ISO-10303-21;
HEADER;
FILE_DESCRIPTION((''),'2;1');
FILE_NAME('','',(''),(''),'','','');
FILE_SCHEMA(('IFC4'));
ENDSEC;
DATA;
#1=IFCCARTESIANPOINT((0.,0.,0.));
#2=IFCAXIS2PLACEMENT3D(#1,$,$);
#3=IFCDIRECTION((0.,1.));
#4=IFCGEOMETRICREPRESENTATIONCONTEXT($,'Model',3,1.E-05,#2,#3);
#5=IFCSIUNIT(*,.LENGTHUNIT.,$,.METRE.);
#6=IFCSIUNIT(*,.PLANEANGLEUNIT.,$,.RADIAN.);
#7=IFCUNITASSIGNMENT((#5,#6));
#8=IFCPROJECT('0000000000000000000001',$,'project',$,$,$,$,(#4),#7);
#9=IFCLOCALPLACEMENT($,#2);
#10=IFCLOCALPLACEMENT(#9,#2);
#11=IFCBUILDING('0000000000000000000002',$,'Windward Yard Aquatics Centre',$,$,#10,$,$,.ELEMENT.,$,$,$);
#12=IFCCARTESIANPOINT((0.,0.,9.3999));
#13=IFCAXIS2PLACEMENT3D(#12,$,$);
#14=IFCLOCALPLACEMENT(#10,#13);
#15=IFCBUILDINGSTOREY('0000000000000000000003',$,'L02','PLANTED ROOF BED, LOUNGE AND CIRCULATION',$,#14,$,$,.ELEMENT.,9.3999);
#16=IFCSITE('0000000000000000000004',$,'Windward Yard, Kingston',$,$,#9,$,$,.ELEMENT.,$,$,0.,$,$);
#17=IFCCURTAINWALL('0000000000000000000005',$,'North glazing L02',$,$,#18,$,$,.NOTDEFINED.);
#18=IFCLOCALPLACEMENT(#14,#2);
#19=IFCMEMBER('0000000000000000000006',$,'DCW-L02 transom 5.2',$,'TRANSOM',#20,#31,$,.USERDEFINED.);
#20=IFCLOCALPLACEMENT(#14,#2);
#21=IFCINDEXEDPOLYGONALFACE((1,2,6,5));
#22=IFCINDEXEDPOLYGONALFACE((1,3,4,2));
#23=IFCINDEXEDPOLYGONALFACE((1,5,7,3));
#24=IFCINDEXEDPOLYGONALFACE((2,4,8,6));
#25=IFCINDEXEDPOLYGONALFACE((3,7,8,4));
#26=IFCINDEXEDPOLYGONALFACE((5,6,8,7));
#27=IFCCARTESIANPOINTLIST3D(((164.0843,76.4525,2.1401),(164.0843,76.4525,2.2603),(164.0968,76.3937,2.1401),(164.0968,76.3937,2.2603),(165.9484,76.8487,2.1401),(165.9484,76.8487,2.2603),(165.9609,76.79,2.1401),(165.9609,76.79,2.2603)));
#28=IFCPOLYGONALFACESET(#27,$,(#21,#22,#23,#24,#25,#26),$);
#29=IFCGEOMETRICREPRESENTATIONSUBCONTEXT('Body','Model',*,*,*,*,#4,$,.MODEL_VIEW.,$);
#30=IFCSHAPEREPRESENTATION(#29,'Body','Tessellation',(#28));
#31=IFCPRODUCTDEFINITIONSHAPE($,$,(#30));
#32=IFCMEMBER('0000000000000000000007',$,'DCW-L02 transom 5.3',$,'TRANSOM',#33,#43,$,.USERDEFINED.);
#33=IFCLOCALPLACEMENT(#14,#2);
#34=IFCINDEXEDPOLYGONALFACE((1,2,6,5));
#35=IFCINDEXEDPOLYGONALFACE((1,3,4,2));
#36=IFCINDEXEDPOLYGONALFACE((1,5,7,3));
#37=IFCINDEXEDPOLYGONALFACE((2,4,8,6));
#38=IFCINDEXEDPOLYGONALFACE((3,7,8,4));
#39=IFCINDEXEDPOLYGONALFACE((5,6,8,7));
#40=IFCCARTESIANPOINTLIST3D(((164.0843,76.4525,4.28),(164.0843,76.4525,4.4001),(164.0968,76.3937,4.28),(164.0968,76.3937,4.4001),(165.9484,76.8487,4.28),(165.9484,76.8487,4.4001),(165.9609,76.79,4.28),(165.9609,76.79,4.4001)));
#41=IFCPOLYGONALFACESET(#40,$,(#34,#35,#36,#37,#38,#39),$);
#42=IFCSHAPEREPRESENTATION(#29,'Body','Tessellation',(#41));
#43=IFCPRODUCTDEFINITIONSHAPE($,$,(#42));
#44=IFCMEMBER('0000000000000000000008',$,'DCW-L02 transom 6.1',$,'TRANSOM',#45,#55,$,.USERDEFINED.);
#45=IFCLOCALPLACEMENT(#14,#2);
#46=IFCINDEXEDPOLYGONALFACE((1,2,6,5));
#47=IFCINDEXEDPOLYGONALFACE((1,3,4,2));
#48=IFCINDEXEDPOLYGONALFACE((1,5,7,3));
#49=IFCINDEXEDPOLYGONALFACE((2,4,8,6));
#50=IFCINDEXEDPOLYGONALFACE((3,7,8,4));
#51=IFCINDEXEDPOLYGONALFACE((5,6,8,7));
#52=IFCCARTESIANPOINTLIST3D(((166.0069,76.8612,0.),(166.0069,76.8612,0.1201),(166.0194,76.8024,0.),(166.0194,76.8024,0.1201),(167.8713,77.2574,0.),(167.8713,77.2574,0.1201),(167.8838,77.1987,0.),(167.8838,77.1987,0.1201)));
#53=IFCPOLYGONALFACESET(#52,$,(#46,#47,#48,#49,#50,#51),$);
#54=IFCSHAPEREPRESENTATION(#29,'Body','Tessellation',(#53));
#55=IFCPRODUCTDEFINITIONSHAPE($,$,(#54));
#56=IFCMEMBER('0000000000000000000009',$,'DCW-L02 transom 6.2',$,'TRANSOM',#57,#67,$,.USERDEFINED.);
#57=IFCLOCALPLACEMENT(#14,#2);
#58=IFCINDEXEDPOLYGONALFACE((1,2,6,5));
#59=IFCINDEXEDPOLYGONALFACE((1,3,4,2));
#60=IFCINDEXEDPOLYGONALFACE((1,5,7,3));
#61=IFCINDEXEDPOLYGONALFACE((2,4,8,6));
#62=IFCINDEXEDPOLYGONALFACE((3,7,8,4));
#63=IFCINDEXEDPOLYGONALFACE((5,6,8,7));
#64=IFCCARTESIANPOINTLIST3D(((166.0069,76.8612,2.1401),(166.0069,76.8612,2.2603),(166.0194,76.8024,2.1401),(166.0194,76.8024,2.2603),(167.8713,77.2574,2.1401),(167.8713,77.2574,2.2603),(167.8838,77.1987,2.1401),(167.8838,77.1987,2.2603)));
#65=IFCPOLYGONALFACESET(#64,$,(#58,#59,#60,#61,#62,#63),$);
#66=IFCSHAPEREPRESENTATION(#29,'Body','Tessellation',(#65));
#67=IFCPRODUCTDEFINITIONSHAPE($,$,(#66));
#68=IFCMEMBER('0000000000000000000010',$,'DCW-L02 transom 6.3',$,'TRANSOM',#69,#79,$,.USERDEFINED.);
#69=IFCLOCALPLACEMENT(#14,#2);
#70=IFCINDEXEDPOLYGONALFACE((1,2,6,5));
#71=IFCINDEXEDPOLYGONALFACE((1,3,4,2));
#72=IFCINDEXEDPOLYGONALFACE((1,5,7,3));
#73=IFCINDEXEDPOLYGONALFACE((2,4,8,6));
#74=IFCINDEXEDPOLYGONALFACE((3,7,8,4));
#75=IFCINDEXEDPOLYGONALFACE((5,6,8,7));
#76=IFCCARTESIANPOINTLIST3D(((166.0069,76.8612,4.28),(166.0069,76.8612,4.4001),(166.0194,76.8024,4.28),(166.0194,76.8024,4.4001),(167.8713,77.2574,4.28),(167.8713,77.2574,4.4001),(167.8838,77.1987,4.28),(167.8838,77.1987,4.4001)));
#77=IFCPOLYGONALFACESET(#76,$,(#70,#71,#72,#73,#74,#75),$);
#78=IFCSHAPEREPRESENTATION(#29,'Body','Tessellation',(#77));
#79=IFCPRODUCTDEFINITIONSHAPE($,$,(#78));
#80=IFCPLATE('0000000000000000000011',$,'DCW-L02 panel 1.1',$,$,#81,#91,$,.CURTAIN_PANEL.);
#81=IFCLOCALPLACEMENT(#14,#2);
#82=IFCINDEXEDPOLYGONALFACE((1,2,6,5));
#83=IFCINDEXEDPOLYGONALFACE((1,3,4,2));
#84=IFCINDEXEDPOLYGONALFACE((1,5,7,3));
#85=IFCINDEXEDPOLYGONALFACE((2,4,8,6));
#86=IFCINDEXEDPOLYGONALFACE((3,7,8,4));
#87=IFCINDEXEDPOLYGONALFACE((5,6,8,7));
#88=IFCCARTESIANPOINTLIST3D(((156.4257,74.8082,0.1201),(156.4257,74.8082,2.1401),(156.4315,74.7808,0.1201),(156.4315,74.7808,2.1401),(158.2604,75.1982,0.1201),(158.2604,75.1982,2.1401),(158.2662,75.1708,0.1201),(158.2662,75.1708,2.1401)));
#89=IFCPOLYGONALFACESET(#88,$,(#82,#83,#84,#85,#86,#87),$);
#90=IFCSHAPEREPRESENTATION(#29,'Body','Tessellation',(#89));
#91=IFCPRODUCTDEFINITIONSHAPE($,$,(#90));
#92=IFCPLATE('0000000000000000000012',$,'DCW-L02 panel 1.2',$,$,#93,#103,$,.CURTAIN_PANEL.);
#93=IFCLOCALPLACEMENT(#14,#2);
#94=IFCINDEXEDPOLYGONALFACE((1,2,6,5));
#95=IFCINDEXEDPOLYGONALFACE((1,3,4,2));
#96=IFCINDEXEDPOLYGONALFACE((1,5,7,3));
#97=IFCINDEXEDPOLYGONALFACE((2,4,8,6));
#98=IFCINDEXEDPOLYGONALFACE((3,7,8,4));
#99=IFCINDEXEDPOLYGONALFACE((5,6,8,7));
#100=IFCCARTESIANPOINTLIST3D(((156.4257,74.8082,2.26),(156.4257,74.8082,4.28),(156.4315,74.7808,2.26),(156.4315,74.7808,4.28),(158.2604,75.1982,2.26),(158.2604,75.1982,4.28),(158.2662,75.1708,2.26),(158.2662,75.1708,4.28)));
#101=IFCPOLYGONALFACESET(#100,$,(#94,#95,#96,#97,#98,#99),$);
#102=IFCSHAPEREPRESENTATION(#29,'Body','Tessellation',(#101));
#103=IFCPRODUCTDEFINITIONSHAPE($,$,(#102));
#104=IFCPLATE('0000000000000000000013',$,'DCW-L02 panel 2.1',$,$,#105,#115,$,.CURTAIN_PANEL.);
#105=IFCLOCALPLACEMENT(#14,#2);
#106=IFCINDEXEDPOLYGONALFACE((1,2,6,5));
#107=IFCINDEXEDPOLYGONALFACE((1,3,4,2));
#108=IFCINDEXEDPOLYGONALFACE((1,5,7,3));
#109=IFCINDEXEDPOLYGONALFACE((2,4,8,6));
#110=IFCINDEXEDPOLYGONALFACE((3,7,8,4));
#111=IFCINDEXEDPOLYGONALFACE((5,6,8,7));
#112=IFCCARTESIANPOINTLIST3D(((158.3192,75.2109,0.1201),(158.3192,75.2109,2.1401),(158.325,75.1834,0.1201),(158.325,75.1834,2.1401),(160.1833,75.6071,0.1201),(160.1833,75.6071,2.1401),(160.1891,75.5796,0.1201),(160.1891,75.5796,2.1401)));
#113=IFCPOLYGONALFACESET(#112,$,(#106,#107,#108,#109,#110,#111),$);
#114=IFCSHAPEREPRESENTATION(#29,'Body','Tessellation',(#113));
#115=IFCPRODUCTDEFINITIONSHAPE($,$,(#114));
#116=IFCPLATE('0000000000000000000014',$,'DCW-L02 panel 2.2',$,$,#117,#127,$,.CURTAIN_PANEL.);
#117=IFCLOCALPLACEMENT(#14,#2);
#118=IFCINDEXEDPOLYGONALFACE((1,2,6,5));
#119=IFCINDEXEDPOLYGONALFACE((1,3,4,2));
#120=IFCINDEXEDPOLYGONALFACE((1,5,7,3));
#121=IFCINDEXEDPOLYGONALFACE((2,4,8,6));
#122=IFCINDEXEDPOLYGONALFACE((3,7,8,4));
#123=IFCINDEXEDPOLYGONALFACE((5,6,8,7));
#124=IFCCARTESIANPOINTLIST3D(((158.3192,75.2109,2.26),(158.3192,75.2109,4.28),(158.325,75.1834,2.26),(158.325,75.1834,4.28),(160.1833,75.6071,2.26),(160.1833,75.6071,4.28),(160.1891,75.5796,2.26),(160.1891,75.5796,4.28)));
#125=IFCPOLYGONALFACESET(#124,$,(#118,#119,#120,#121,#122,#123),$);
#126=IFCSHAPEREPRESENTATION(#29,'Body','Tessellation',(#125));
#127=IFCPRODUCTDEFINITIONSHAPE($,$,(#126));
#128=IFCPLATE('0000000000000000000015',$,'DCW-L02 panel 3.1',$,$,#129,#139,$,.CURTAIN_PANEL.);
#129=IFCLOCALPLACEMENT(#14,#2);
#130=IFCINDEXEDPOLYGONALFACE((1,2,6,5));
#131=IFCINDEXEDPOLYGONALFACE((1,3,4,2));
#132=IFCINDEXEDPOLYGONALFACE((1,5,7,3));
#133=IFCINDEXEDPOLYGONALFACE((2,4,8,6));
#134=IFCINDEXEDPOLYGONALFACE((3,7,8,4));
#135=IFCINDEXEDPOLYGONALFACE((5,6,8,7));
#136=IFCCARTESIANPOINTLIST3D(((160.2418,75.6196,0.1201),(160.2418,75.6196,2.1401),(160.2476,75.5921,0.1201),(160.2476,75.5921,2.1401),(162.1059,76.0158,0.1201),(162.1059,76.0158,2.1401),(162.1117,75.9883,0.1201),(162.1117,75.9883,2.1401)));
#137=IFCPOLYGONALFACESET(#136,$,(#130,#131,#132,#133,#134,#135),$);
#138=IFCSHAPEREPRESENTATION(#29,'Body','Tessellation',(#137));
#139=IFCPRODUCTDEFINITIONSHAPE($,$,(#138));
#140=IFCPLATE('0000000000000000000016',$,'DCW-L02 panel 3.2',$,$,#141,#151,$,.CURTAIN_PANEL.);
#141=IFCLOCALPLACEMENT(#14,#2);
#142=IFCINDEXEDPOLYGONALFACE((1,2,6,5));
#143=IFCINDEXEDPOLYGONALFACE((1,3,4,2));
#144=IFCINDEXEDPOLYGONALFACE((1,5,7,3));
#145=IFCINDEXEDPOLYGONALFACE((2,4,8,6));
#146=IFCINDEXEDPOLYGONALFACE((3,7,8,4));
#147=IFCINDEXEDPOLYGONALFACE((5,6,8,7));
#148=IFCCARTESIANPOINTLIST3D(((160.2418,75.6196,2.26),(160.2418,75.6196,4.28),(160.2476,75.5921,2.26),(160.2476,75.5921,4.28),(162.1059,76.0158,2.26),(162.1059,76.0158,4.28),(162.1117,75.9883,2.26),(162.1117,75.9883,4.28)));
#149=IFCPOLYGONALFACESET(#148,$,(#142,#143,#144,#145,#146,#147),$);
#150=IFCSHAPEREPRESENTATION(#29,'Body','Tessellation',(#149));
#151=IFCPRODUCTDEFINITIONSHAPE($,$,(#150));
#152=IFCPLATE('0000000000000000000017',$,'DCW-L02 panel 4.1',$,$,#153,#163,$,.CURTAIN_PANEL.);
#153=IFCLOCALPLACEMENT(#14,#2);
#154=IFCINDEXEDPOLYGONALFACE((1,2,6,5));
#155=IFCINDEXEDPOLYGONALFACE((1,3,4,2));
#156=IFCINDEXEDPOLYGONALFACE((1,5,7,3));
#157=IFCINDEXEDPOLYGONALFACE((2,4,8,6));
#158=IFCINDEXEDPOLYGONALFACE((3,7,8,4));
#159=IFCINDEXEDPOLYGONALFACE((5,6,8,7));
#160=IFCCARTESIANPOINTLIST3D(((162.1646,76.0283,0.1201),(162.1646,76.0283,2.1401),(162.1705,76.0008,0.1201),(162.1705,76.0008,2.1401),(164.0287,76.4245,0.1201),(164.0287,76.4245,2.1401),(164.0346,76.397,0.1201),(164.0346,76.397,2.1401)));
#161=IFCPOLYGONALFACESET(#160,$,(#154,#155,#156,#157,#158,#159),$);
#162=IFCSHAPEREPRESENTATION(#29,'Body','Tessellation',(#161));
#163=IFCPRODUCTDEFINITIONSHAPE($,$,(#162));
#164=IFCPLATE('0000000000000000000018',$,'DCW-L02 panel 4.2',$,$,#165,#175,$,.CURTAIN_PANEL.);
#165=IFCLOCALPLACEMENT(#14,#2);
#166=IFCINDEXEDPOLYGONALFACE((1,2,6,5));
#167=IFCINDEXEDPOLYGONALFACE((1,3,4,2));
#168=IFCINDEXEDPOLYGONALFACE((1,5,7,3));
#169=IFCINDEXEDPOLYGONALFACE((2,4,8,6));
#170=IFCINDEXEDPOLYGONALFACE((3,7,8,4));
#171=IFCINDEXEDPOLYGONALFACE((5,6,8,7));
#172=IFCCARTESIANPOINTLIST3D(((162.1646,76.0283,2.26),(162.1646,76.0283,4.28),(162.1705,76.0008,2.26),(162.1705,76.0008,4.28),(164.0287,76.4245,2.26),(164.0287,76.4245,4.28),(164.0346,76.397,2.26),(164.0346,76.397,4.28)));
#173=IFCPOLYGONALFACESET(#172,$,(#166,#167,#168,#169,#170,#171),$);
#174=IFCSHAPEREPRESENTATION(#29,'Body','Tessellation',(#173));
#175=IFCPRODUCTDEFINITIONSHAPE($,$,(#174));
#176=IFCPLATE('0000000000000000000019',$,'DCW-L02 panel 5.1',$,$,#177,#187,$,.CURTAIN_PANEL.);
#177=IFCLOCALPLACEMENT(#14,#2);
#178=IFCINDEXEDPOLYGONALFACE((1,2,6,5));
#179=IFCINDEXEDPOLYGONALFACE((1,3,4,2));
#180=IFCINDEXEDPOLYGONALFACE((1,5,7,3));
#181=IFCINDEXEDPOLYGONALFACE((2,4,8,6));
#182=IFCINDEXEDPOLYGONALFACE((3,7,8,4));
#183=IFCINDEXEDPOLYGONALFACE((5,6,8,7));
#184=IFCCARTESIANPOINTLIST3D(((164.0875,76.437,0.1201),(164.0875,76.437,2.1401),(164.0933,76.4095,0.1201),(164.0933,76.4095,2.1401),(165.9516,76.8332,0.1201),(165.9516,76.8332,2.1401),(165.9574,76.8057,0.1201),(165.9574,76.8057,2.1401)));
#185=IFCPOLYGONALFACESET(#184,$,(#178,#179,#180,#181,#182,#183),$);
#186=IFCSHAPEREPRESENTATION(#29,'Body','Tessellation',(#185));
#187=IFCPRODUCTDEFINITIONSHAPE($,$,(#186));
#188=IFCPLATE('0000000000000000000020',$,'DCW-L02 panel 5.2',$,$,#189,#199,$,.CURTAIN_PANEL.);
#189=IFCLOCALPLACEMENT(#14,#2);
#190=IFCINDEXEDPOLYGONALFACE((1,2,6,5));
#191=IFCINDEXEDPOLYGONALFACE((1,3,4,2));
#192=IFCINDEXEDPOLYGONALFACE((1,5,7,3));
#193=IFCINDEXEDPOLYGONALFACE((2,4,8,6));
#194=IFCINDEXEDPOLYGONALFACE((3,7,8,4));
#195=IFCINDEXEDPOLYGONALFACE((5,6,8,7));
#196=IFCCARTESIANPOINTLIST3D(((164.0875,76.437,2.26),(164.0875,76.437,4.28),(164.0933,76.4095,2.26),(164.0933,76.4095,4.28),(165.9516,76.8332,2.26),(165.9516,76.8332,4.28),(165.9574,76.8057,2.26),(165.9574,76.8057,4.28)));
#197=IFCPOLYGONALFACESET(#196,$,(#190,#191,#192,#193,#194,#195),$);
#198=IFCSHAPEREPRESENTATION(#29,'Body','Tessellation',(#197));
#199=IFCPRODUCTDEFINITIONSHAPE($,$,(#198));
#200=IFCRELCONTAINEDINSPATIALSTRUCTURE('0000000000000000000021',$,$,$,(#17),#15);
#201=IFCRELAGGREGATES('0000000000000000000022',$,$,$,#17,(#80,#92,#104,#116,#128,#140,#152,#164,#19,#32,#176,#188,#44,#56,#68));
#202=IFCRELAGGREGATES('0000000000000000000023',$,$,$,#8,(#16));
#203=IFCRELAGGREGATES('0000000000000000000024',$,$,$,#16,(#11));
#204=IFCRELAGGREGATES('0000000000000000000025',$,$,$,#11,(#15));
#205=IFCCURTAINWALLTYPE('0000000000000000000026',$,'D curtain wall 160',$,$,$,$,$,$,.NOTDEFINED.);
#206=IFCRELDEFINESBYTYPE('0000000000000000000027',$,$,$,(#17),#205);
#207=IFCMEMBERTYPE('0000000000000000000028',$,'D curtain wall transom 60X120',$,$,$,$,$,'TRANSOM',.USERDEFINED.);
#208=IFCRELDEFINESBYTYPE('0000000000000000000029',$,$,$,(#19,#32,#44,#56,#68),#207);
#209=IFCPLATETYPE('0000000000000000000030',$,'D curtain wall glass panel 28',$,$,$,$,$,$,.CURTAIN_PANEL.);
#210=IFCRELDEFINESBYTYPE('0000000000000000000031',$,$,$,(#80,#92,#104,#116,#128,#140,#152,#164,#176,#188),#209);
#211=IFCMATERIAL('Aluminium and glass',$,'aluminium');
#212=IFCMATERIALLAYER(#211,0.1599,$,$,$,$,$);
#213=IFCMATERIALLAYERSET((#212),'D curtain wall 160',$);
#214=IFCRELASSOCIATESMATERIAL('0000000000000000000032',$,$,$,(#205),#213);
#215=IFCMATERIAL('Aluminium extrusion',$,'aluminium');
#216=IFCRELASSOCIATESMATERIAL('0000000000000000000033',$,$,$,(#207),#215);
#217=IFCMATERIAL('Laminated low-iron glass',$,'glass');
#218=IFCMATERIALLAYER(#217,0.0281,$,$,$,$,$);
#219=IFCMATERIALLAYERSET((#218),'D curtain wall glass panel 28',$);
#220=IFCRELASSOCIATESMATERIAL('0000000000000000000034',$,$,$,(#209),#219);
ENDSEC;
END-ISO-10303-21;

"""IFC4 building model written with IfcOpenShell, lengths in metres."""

from ifc_helpers import new_model, si_unit, direction, frame, origin, origin_2d, place, context, subcontext, project, spatial, rectangle, extrude, material, layer, layer_set, material_profile, profile_set, type_object, element, aggregate, save


model = new_model("IFC4")

# Units and contexts
model_context = context("Model", 3, precision=1e-05, world=origin(), true_north=direction((0.0, 1.0)))
body_context = subcontext(model_context, "Body", "Model", "MODEL_VIEW")
ifc_project = project(units=[si_unit("LENGTHUNIT", "METRE"), si_unit("PLANEANGLEUNIT", "RADIAN")], contexts=[model_context])

# Site, building, storey
site_placement = place(None, origin())
site = spatial("IfcSite", under=ifc_project, at=site_placement, Name="Windward Yard, Kingston", CompositionType="ELEMENT", RefElevation=0.0)
building_placement = place(site_placement, origin())
building = spatial("IfcBuilding", under=site, at=building_placement, Name="Windward Yard Aquatics Centre", CompositionType="ELEMENT")
storey_placement = place(building_placement, frame((0.0, 0.0, 9.3999)))
storey = spatial("IfcBuildingStorey", under=building, at=storey_placement, Name="L02", Description="PLANTED ROOF BED, LOUNGE AND CIRCULATION", CompositionType="ELEMENT", Elevation=9.3999)

# Curtain wall, members, plates
ifc_material_1 = material(Name="Aluminium and glass", Category="aluminium")
ifc_layer_1 = layer(ifc_material_1, 0.1599)
ifc_layer_set_1 = layer_set([ifc_layer_1], Name="D curtain wall 160")
curtain_wall_type = type_object("IfcCurtainWallType", Name="D curtain wall 160", PredefinedType="NOTDEFINED", material=ifc_layer_set_1)
curtain_wall_placement = place(storey_placement, origin())
curtain_wall = element("IfcCurtainWall", 1, at=curtain_wall_placement, inside=storey, type_object=curtain_wall_type, Name="North glazing L02", PredefinedType="NOTDEFINED")
ifc_material_2 = material(Name="Aluminium extrusion", Category="aluminium")
ifc_material_profile_1 = material_profile(ifc_material_2, rectangle(XDim=0.0601, YDim=0.1201, at=origin_2d()), Name="TRANSOM 60X120")
ifc_profile_set_1 = profile_set([ifc_material_profile_1], Name="Aluminium extrusion")
member_type_1 = type_object("IfcMemberType", Name="D curtain wall transom 60X120", ElementType="TRANSOM", PredefinedType="USERDEFINED", material=ifc_profile_set_1)
member_1_placement = place(storey_placement, frame((164.0906, 76.4231, 2.2002), z_axis=(0.978144, 0.207928, 0.0), x_axis=(-0.207928, 0.978144, 0.0)))
member_1 = element("IfcMember", 2, at=member_1_placement, type_object=member_type_1, Name="DCW-L02 transom 5.2", ObjectType="TRANSOM", PredefinedType="USERDEFINED", context=body_context, shape_type="SweptSolid", body=[
    extrude(rectangle(XDim=0.0601, YDim=0.1201, at=origin_2d()), origin(), (0.0, 0.0, 1.0), 1.9058),
])
member_2_placement = place(storey_placement, frame((164.0906, 76.4231, 4.3401), z_axis=(0.978144, 0.207928, 0.0), x_axis=(-0.207928, 0.978144, 0.0)))
member_2 = element("IfcMember", 3, at=member_2_placement, type_object=member_type_1, Name="DCW-L02 transom 5.3", ObjectType="TRANSOM", PredefinedType="USERDEFINED", context=body_context, shape_type="SweptSolid", body=[
    extrude(rectangle(XDim=0.0601, YDim=0.1201, at=origin_2d()), origin(), (0.0, 0.0, 1.0), 1.9058),
])
member_3_placement = place(storey_placement, frame((166.0132, 76.8318, 0.0601), z_axis=(0.97815, 0.207902, 0.0), x_axis=(-0.207902, 0.97815, 0.0)))
member_3 = element("IfcMember", 4, at=member_3_placement, type_object=member_type_1, Name="DCW-L02 transom 6.1", ObjectType="TRANSOM", PredefinedType="USERDEFINED", context=body_context, shape_type="SweptSolid", body=[
    extrude(rectangle(XDim=0.0601, YDim=0.1201, at=origin_2d()), origin(), (0.0, 0.0, 1.0), 1.906),
])
member_4_placement = place(storey_placement, frame((166.0132, 76.8318, 2.2002), z_axis=(0.97815, 0.207902, 0.0), x_axis=(-0.207902, 0.97815, 0.0)))
member_4 = element("IfcMember", 5, at=member_4_placement, type_object=member_type_1, Name="DCW-L02 transom 6.2", ObjectType="TRANSOM", PredefinedType="USERDEFINED", context=body_context, shape_type="SweptSolid", body=[
    extrude(rectangle(XDim=0.0601, YDim=0.1201, at=origin_2d()), origin(), (0.0, 0.0, 1.0), 1.906),
])
member_5_placement = place(storey_placement, frame((166.0132, 76.8318, 4.3401), z_axis=(0.97815, 0.207902, 0.0), x_axis=(-0.207902, 0.97815, 0.0)))
member_5 = element("IfcMember", 6, at=member_5_placement, type_object=member_type_1, Name="DCW-L02 transom 6.3", ObjectType="TRANSOM", PredefinedType="USERDEFINED", context=body_context, shape_type="SweptSolid", body=[
    extrude(rectangle(XDim=0.0601, YDim=0.1201, at=origin_2d()), origin(), (0.0, 0.0, 1.0), 1.906),
])
ifc_material_3 = material(Name="Laminated low-iron glass", Category="glass")
ifc_layer_2 = layer(ifc_material_3, 0.0281)
ifc_layer_set_2 = layer_set([ifc_layer_2], Name="D curtain wall glass panel 28")
plate_type = type_object("IfcPlateType", Name="D curtain wall glass panel 28", PredefinedType="CURTAIN_PANEL", material=ifc_layer_set_2)
plate_1_placement = place(storey_placement, frame((157.3459, 74.9895, 0.1201), z_axis=(0.0, 0.0, 1.0), x_axis=(0.978148, 0.207912, 0.0)))
plate_1 = element("IfcPlate", 7, at=plate_1_placement, type_object=plate_type, Name="DCW-L02 panel 1.1", PredefinedType="CURTAIN_PANEL", context=body_context, shape_type="SweptSolid", body=[
    extrude(rectangle(XDim=1.8757, YDim=0.0281, at=origin_2d()), origin(), (0.0, 0.0, 1.0), 2.02),
])
plate_2_placement = place(storey_placement, frame((157.3459, 74.9895, 2.26), z_axis=(0.0, 0.0, 1.0), x_axis=(0.978148, 0.207912, 0.0)))
plate_2 = element("IfcPlate", 8, at=plate_2_placement, type_object=plate_type, Name="DCW-L02 panel 1.2", PredefinedType="CURTAIN_PANEL", context=body_context, shape_type="SweptSolid", body=[
    extrude(rectangle(XDim=1.8757, YDim=0.0281, at=origin_2d()), origin(), (0.0, 0.0, 1.0), 2.02),
])
plate_3_placement = place(storey_placement, frame((159.2542, 75.3953, 0.1201), z_axis=(0.0, 0.0, 1.0), x_axis=(0.978148, 0.207912, 0.0)))
plate_3 = element("IfcPlate", 9, at=plate_3_placement, type_object=plate_type, Name="DCW-L02 panel 2.1", PredefinedType="CURTAIN_PANEL", context=body_context, shape_type="SweptSolid", body=[
    extrude(rectangle(XDim=1.9058, YDim=0.0281, at=origin_2d()), origin(), (0.0, 0.0, 1.0), 2.02),
])
plate_4_placement = place(storey_placement, frame((159.2542, 75.3953, 2.26), z_axis=(0.0, 0.0, 1.0), x_axis=(0.978148, 0.207912, 0.0)))
plate_4 = element("IfcPlate", 10, at=plate_4_placement, type_object=plate_type, Name="DCW-L02 panel 2.2", PredefinedType="CURTAIN_PANEL", context=body_context, shape_type="SweptSolid", body=[
    extrude(rectangle(XDim=1.9058, YDim=0.0281, at=origin_2d()), origin(), (0.0, 0.0, 1.0), 2.02),
])
plate_5_placement = place(storey_placement, frame((161.1768, 75.804, 0.1201), z_axis=(0.0, 0.0, 1.0), x_axis=(0.978148, 0.207912, 0.0)))
plate_5 = element("IfcPlate", 11, at=plate_5_placement, type_object=plate_type, Name="DCW-L02 panel 3.1", PredefinedType="CURTAIN_PANEL", context=body_context, shape_type="SweptSolid", body=[
    extrude(rectangle(XDim=1.9058, YDim=0.0281, at=origin_2d()), origin(), (0.0, 0.0, 1.0), 2.02),
])
plate_6_placement = place(storey_placement, frame((161.1768, 75.804, 2.26), z_axis=(0.0, 0.0, 1.0), x_axis=(0.978148, 0.207912, 0.0)))
plate_6 = element("IfcPlate", 12, at=plate_6_placement, type_object=plate_type, Name="DCW-L02 panel 3.2", PredefinedType="CURTAIN_PANEL", context=body_context, shape_type="SweptSolid", body=[
    extrude(rectangle(XDim=1.9058, YDim=0.0281, at=origin_2d()), origin(), (0.0, 0.0, 1.0), 2.02),
])
plate_7_placement = place(storey_placement, frame((163.0996, 76.2126, 0.1201), z_axis=(0.0, 0.0, 1.0), x_axis=(0.978148, 0.207912, 0.0)))
plate_7 = element("IfcPlate", 13, at=plate_7_placement, type_object=plate_type, Name="DCW-L02 panel 4.1", PredefinedType="CURTAIN_PANEL", context=body_context, shape_type="SweptSolid", body=[
    extrude(rectangle(XDim=1.9058, YDim=0.0281, at=origin_2d()), origin(), (0.0, 0.0, 1.0), 2.02),
])
plate_8_placement = place(storey_placement, frame((163.0996, 76.2126, 2.26), z_axis=(0.0, 0.0, 1.0), x_axis=(0.978148, 0.207912, 0.0)))
plate_8 = element("IfcPlate", 14, at=plate_8_placement, type_object=plate_type, Name="DCW-L02 panel 4.2", PredefinedType="CURTAIN_PANEL", context=body_context, shape_type="SweptSolid", body=[
    extrude(rectangle(XDim=1.9058, YDim=0.0281, at=origin_2d()), origin(), (0.0, 0.0, 1.0), 2.02),
])
plate_9_placement = place(storey_placement, frame((165.0225, 76.6213, 0.1201), z_axis=(0.0, 0.0, 1.0), x_axis=(0.978148, 0.207912, 0.0)))
plate_9 = element("IfcPlate", 15, at=plate_9_placement, type_object=plate_type, Name="DCW-L02 panel 5.1", PredefinedType="CURTAIN_PANEL", context=body_context, shape_type="SweptSolid", body=[
    extrude(rectangle(XDim=1.9058, YDim=0.0281, at=origin_2d()), origin(), (0.0, 0.0, 1.0), 2.02),
])
plate_10_placement = place(storey_placement, frame((165.0225, 76.6213, 2.26), z_axis=(0.0, 0.0, 1.0), x_axis=(0.978148, 0.207912, 0.0)))
plate_10 = element("IfcPlate", 16, at=plate_10_placement, type_object=plate_type, Name="DCW-L02 panel 5.2", PredefinedType="CURTAIN_PANEL", context=body_context, shape_type="SweptSolid", body=[
    extrude(rectangle(XDim=1.9058, YDim=0.0281, at=origin_2d()), origin(), (0.0, 0.0, 1.0), 2.02),
])
aggregate(curtain_wall, [plate_1, plate_2, plate_3, plate_4, plate_5, plate_6, plate_7, plate_8, member_1, member_2, plate_9, plate_10, member_3, member_4, member_5])

save(model, "model.ifc")
